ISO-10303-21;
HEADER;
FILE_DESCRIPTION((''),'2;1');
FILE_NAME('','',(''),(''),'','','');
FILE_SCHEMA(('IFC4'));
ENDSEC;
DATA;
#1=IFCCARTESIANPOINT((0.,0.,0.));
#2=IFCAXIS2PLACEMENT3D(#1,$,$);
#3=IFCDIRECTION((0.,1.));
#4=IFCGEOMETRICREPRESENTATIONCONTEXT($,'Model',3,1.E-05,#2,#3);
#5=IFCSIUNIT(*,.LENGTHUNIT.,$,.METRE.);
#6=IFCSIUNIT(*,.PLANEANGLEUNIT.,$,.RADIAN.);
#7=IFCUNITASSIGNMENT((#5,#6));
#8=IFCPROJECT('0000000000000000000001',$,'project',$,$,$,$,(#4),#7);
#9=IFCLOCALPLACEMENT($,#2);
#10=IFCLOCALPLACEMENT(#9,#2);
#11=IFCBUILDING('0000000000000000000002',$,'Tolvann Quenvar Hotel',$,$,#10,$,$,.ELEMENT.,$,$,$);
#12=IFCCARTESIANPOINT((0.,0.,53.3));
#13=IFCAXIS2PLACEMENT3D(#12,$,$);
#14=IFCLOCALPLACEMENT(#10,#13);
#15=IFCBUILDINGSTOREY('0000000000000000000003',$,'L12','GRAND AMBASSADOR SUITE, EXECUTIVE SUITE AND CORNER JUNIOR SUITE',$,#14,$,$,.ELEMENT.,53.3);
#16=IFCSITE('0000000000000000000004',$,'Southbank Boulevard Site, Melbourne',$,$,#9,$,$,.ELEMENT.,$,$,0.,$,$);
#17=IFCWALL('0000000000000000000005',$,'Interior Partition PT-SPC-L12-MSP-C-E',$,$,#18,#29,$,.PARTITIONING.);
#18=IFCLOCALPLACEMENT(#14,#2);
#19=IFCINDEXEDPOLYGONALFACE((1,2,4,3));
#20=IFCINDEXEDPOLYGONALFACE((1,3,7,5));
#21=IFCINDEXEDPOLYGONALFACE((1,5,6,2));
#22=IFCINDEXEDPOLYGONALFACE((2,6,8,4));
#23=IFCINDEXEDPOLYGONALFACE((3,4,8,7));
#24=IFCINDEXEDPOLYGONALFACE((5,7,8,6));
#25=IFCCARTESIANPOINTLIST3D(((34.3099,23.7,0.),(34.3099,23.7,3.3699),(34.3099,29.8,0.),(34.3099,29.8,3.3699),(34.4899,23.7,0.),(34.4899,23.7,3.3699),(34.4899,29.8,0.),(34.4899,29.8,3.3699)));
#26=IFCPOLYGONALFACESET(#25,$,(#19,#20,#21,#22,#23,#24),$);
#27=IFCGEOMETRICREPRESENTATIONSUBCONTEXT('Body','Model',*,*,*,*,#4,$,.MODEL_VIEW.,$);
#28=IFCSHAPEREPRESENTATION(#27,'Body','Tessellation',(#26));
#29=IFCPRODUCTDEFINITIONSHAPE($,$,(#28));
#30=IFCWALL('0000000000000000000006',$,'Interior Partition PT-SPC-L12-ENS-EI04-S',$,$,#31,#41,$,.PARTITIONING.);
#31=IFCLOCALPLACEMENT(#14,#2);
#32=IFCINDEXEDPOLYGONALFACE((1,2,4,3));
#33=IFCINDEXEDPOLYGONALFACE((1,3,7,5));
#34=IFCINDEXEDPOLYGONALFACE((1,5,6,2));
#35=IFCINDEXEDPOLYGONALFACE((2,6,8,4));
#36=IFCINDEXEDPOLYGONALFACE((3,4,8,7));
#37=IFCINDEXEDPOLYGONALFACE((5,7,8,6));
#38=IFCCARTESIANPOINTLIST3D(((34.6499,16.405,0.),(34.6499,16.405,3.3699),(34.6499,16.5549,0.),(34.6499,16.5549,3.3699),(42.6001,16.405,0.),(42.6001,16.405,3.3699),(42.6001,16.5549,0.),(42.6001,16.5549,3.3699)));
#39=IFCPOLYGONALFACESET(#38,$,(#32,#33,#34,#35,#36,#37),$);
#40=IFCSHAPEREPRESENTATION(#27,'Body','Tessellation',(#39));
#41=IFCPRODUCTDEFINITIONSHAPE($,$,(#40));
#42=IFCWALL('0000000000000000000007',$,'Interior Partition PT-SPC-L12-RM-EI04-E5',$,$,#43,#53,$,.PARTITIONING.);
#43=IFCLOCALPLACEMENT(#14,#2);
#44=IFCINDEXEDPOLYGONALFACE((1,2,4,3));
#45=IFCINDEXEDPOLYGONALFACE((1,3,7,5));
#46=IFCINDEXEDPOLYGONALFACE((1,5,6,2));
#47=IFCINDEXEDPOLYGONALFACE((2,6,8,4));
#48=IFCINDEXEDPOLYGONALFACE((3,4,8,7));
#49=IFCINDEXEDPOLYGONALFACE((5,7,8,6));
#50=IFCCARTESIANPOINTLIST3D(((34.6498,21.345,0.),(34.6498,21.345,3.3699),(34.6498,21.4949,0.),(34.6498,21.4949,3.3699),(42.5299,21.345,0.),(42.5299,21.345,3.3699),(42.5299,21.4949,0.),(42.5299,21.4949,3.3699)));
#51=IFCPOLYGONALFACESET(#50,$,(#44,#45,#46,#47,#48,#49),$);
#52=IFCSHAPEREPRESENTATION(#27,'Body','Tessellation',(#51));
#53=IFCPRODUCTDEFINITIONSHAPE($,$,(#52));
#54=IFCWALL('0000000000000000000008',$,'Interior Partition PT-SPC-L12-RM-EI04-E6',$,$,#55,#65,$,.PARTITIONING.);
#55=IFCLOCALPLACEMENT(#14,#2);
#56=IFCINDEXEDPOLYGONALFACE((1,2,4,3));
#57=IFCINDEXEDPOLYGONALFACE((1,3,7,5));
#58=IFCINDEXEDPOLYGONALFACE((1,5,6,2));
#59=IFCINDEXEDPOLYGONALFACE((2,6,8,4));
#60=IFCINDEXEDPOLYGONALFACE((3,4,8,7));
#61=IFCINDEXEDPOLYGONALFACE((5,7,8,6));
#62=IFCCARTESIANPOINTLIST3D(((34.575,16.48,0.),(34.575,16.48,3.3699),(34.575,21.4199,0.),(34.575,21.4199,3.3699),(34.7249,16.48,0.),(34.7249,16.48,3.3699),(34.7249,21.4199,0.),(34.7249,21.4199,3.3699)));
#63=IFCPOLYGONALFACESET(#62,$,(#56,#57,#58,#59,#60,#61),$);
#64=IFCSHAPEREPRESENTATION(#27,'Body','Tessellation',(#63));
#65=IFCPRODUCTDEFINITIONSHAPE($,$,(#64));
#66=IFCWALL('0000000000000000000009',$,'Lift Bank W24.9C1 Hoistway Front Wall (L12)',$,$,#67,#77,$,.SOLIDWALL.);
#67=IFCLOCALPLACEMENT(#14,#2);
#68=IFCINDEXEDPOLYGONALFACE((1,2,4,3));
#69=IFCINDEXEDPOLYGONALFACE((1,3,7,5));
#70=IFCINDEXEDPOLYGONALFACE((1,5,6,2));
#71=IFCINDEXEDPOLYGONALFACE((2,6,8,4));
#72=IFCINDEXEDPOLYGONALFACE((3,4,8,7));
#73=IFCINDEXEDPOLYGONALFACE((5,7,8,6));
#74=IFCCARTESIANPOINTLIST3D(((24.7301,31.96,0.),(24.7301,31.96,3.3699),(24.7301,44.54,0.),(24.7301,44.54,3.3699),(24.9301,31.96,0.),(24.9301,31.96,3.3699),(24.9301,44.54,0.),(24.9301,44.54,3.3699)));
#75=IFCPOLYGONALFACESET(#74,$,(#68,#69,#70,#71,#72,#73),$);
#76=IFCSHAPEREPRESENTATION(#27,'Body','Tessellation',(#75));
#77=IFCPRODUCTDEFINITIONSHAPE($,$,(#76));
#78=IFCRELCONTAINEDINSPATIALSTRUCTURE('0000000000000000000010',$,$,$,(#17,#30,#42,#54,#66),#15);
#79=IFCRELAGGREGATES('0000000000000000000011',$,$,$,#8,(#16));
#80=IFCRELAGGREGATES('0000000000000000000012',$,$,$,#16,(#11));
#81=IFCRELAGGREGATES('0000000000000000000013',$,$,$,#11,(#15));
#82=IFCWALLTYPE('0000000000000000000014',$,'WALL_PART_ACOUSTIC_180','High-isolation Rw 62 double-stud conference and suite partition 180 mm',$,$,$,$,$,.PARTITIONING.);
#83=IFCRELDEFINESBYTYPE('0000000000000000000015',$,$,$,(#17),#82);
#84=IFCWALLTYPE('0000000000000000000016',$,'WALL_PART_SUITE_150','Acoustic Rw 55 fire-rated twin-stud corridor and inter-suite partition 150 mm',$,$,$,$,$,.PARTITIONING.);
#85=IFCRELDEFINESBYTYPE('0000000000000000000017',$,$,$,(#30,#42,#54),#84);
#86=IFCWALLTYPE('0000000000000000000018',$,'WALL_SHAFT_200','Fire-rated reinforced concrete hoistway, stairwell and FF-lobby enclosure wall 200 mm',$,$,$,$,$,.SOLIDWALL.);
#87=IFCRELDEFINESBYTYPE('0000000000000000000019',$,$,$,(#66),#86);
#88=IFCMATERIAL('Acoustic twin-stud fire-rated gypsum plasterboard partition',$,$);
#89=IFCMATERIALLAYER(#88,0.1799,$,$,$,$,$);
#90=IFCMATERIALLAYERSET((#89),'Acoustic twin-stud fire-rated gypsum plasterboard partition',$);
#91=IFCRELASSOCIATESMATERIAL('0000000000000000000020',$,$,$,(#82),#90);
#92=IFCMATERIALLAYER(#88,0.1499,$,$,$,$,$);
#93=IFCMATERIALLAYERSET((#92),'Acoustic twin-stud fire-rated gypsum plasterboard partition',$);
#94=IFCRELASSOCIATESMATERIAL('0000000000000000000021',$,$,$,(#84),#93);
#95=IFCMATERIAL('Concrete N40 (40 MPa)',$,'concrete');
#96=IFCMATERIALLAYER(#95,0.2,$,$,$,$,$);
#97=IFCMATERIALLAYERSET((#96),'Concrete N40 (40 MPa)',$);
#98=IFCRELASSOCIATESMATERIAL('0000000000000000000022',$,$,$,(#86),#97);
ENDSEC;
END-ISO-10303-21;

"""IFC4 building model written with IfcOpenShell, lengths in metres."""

from ifc_helpers import new_model, si_unit, direction, frame, frame_2d, origin, place, context, subcontext, project, spatial, rectangle, extrude, material, layer, layer_set, type_object, element, save


model = new_model("IFC4")

# Units and contexts
model_context = context("Model", 3, precision=1e-05, world=origin(), true_north=direction((0.0, 1.0)))
body_context = subcontext(model_context, "Body", "Model", "MODEL_VIEW")
ifc_project = project(units=[si_unit("LENGTHUNIT", "METRE"), si_unit("PLANEANGLEUNIT", "RADIAN")], contexts=[model_context])

# Site, building, storey
site_placement = place(None, origin())
site = spatial("IfcSite", under=ifc_project, at=site_placement, Name="Southbank Boulevard Site, Melbourne", CompositionType="ELEMENT", RefElevation=0.0)
building_placement = place(site_placement, origin())
building = spatial("IfcBuilding", under=site, at=building_placement, Name="Tolvann Quenvar Hotel", CompositionType="ELEMENT")
storey_placement = place(building_placement, frame((0.0, 0.0, 53.3)))
storey = spatial("IfcBuildingStorey", under=building, at=storey_placement, Name="L12", Description="GRAND AMBASSADOR SUITE, EXECUTIVE SUITE AND CORNER JUNIOR SUITE", CompositionType="ELEMENT", Elevation=53.3)

# Shared definitions
ifc_material_1 = material(Name="Acoustic twin-stud fire-rated gypsum plasterboard partition")
ifc_layer_1 = layer(ifc_material_1, 0.1799)
ifc_layer_set_1 = layer_set([ifc_layer_1], Name="Acoustic twin-stud fire-rated gypsum plasterboard partition")
wall_type_1 = type_object("IfcWallType", Name="WALL_PART_ACOUSTIC_180", Description="High-isolation Rw 62 double-stud conference and suite partition 180 mm", PredefinedType="PARTITIONING", material=ifc_layer_set_1)

# Walls
for number, where, z_axis, x_axis, name in (
    (1, (34.3999, 23.7, 0.0), (0.0, 0.0, 1.0), (0.0, 1.0, 0.0), "Interior Partition PT-SPC-L12-MSP-C-E"),
):
    element("IfcWall", number, at=place(storey_placement, frame(where, z_axis=z_axis, x_axis=x_axis)), inside=storey, type_object=wall_type_1, Name=name, PredefinedType="PARTITIONING", context=body_context, shape_type="SweptSolid", body=[
        extrude(rectangle(XDim=6.1001, YDim=0.1799, at=frame_2d((3.05, 0.0))), origin(), (0.0, 0.0, 1.0), 3.3699),
    ])
ifc_layer_2 = layer(ifc_material_1, 0.1499)
ifc_layer_set_2 = layer_set([ifc_layer_2], Name="Acoustic twin-stud fire-rated gypsum plasterboard partition")
wall_type_2 = type_object("IfcWallType", Name="WALL_PART_SUITE_150", Description="Acoustic Rw 55 fire-rated twin-stud corridor and inter-suite partition 150 mm", PredefinedType="PARTITIONING", material=ifc_layer_set_2)
wall_1_placement = place(storey_placement, frame((34.6499, 16.48, 0.0), z_axis=(0.0, 0.0, 1.0), x_axis=(1.0, 0.0, 0.0)))
element("IfcWall", 2, at=wall_1_placement, inside=storey, type_object=wall_type_2, Name="Interior Partition PT-SPC-L12-ENS-EI04-S", PredefinedType="PARTITIONING", context=body_context, shape_type="SweptSolid", body=[
    extrude(rectangle(XDim=7.9502, YDim=0.1499, at=frame_2d((3.9751, 0.0))), origin(), (0.0, 0.0, 1.0), 3.3699),
])
wall_2_placement = place(storey_placement, frame((34.6499, 21.4199, 0.0), z_axis=(0.0, 0.0, 1.0), x_axis=(1.0, 0.0, 0.0)))
element("IfcWall", 3, at=wall_2_placement, inside=storey, type_object=wall_type_2, Name="Interior Partition PT-SPC-L12-RM-EI04-E5", PredefinedType="PARTITIONING", context=body_context, shape_type="SweptSolid", body=[
    extrude(rectangle(XDim=7.8801, YDim=0.1499, at=frame_2d((3.9399, 0.0))), origin(), (0.0, 0.0, 1.0), 3.3699),
])
wall_3_placement = place(storey_placement, frame((34.6499, 16.48, 0.0), z_axis=(0.0, 0.0, 1.0), x_axis=(0.0, 1.0, 0.0)))
element("IfcWall", 4, at=wall_3_placement, inside=storey, type_object=wall_type_2, Name="Interior Partition PT-SPC-L12-RM-EI04-E6", PredefinedType="PARTITIONING", context=body_context, shape_type="SweptSolid", body=[
    extrude(rectangle(XDim=4.9399, YDim=0.1499, at=frame_2d((2.47, 0.0))), origin(), (0.0, 0.0, 1.0), 3.3699),
])
ifc_material_2 = material(Name="Concrete N40 (40 MPa)", Category="concrete")
ifc_layer_3 = layer(ifc_material_2, 0.2)
ifc_layer_set_3 = layer_set([ifc_layer_3], Name="Concrete N40 (40 MPa)")
wall_type_3 = type_object("IfcWallType", Name="WALL_SHAFT_200", Description="Fire-rated reinforced concrete hoistway, stairwell and FF-lobby enclosure wall 200 mm", PredefinedType="SOLIDWALL", material=ifc_layer_set_3)
wall_4_placement = place(storey_placement, frame((24.8301, 31.96, 0.0), z_axis=(0.0, 0.0, 1.0), x_axis=(0.0, 1.0, 0.0)))
element("IfcWall", 5, at=wall_4_placement, inside=storey, type_object=wall_type_3, Name="Lift Bank W24.9C1 Hoistway Front Wall (L12)", PredefinedType="SOLIDWALL", context=body_context, shape_type="SweptSolid", body=[
    extrude(rectangle(XDim=12.5801, YDim=0.2, at=frame_2d((6.29, 0.0))), origin(), (0.0, 0.0, 1.0), 3.3699),
])

save(model, "model.ifc")
